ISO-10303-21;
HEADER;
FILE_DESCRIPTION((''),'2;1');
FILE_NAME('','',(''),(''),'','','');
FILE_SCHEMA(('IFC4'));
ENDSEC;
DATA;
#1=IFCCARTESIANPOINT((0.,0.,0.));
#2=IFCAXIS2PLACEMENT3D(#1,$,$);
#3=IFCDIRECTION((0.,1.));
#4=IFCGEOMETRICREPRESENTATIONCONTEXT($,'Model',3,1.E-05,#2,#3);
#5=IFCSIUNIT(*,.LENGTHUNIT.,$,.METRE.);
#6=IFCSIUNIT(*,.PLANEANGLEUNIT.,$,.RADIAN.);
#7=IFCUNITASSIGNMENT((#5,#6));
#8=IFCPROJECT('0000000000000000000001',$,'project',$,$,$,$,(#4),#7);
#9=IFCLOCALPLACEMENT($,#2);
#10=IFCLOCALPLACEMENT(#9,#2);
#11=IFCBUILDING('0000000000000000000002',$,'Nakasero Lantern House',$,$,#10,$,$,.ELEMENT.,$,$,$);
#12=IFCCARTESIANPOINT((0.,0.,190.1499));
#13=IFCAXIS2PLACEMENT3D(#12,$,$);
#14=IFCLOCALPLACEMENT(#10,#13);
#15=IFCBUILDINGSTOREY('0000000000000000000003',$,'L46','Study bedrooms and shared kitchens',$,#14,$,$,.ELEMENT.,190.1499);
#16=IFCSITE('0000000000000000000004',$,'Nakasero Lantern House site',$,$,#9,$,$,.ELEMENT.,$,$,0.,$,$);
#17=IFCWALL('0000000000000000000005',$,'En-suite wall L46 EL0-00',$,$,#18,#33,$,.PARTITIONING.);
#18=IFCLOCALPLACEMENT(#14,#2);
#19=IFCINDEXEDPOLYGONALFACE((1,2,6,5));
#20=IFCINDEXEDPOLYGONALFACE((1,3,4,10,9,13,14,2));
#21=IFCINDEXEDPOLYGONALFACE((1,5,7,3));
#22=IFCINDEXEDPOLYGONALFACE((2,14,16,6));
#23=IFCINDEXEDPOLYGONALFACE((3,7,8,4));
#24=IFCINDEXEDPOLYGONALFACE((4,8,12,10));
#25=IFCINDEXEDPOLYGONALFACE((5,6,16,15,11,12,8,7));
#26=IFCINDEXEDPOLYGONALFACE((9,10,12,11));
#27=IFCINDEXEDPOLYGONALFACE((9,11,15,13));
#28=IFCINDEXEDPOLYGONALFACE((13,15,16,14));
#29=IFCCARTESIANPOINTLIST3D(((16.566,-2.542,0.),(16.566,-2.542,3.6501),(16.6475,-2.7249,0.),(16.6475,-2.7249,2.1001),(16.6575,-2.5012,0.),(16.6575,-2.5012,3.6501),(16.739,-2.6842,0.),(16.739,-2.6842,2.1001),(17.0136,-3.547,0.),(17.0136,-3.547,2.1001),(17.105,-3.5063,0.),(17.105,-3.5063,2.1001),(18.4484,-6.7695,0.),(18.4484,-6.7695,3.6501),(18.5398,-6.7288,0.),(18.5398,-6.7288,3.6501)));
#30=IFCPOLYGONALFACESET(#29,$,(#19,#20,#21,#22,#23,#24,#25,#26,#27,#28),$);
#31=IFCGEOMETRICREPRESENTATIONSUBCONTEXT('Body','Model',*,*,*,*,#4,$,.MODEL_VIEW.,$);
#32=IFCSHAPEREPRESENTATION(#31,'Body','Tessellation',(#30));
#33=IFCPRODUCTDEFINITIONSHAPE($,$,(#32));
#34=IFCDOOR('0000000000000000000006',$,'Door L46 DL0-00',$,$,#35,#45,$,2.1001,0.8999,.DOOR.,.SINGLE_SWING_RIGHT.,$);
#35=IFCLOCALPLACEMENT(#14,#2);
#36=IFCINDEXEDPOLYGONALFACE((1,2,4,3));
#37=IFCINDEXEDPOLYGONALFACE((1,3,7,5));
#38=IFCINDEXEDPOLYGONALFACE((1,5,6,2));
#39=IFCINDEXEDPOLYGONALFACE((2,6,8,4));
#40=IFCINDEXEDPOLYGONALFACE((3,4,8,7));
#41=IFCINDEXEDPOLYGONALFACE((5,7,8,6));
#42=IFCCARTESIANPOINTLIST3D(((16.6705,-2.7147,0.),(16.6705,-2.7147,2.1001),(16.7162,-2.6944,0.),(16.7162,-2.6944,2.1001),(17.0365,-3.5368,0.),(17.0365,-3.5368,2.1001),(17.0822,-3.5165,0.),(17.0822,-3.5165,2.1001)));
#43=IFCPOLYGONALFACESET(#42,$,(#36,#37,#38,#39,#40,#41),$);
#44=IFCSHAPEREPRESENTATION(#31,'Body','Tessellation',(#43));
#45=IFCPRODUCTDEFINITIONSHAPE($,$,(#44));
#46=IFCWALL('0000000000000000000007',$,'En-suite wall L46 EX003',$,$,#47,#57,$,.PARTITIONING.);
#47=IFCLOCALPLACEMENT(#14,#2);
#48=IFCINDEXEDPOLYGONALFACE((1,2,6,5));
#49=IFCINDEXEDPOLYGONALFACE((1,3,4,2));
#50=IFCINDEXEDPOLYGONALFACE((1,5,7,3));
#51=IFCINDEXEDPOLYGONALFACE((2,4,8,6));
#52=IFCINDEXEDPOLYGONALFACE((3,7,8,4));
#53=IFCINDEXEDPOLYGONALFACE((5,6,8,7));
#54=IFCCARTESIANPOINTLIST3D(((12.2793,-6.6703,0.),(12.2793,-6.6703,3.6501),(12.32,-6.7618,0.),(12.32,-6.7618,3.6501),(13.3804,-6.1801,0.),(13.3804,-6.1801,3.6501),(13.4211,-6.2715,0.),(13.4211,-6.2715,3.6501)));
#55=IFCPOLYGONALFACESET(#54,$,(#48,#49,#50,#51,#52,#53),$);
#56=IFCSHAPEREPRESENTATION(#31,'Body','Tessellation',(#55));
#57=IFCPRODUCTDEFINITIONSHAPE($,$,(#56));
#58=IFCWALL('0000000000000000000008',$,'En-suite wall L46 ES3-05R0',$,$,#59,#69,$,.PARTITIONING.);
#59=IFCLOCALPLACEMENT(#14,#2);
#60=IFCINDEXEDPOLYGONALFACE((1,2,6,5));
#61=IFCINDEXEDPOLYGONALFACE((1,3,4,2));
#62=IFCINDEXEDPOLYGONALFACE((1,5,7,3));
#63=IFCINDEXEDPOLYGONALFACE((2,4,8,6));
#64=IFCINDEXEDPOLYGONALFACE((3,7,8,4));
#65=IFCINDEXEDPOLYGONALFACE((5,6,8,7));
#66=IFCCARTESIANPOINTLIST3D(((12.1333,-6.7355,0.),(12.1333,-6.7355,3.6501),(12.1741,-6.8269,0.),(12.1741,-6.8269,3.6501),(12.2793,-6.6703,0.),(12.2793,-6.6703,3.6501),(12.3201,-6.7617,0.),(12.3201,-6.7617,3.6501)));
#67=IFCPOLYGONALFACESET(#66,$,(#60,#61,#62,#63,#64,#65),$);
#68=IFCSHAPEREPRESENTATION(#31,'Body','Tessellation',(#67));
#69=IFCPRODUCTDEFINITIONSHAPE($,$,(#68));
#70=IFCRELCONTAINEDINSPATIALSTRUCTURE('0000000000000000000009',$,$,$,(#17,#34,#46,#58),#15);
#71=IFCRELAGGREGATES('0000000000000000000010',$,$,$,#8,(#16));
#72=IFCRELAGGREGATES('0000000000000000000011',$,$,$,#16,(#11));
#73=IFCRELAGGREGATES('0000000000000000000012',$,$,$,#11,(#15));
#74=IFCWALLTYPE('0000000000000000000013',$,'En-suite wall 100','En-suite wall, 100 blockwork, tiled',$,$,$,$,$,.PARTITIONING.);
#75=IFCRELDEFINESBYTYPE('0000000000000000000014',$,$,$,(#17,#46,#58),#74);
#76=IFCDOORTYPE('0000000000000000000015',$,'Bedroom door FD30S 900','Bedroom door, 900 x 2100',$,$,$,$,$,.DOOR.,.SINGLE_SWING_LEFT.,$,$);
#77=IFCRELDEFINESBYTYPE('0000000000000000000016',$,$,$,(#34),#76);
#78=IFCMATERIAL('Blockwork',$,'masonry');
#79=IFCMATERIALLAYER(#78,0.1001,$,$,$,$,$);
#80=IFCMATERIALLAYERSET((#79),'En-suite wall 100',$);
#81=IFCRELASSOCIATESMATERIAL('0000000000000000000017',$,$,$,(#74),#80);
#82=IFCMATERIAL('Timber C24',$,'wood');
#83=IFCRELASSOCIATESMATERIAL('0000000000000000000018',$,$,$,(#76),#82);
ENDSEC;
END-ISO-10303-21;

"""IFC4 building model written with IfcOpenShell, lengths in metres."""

from ifc_helpers import new_model, si_unit, direction, frame, frame_2d, origin, place, context, subcontext, project, spatial, rectangle, extrude, material, layer, layer_set, type_object, element, fill, save


model = new_model("IFC4")

# Units and contexts
model_context = context("Model", 3, precision=1e-05, world=origin(), true_north=direction((0.0, 1.0)))
body_context = subcontext(model_context, "Body", "Model", "MODEL_VIEW")
ifc_project = project(units=[si_unit("LENGTHUNIT", "METRE"), si_unit("PLANEANGLEUNIT", "RADIAN")], contexts=[model_context])

# Site, building, storey
site_placement = place(None, origin())
site = spatial("IfcSite", under=ifc_project, at=site_placement, Name="Nakasero Lantern House site", CompositionType="ELEMENT", RefElevation=0.0)
building_placement = place(site_placement, origin())
building = spatial("IfcBuilding", under=site, at=building_placement, Name="Nakasero Lantern House", CompositionType="ELEMENT")
storey_placement = place(building_placement, frame((0.0, 0.0, 190.1499)))
storey = spatial("IfcBuildingStorey", under=building, at=storey_placement, Name="L46", Description="Study bedrooms and shared kitchens", CompositionType="ELEMENT", Elevation=190.1499)

# Shared definitions
ifc_material_1 = material(Name="Blockwork", Category="masonry")
ifc_layer_1 = layer(ifc_material_1, 0.1001)
ifc_layer_set_1 = layer_set([ifc_layer_1], Name="En-suite wall 100")
wall_type_1 = type_object("IfcWallType", Name="En-suite wall 100", Description="En-suite wall, 100 blockwork, tiled", PredefinedType="PARTITIONING", material=ifc_layer_set_1)

# Wall, opening, door
wall_1_placement = place(storey_placement, frame((18.4941, -6.7493, 0.0), z_axis=(0.0, 0.0, 1.0), x_axis=(-0.406755, 0.913537, 0.0)))
wall_1 = element("IfcWall", 1, at=wall_1_placement, inside=storey, type_object=wall_type_1, Name="En-suite wall L46 EL0-00", PredefinedType="PARTITIONING", context=body_context, shape_type="SweptSolid", body=[
    extrude(rectangle(XDim=4.6277, YDim=0.1001, at=frame_2d((2.314, 0.0))), origin(), (0.0, 0.0, 1.0), 3.6501),
])
opening_1_placement = place(wall_1_placement, frame((3.5276, 0.0, 0.0)))
opening_1 = element("IfcOpeningElement", 2, at=opening_1_placement, cuts=wall_1, PredefinedType="OPENING", context=body_context, shape_type="SweptSolid", body=[
    extrude(rectangle(XDim=0.8999, YDim=2.1001, at=frame_2d((0.45, 1.05))), frame((0.0, 0.0701, 0.0), z_axis=(0.0, -1.0, 0.0), x_axis=(1.0, 0.0, 0.0)), (0.0, 0.0, 1.0), 0.1401),
])
ifc_material_2 = material(Name="Timber C24", Category="wood")
door_type_1 = type_object("IfcDoorType", Name="Bedroom door FD30S 900", Description="Bedroom door, 900 x 2100", OperationType="SINGLE_SWING_LEFT", PredefinedType="DOOR", material=ifc_material_2)
door_1_placement = place(opening_1_placement, origin())
door_1 = element("IfcDoor", 3, at=door_1_placement, inside=storey, type_object=door_type_1, Name="Door L46 DL0-00", OperationType="SINGLE_SWING_RIGHT", OverallHeight=2.1001, OverallWidth=0.8999, PredefinedType="DOOR", context=body_context, shape_type="SweptSolid", body=[
    extrude(rectangle(XDim=0.8999, YDim=2.1001, at=frame_2d((0.45, 1.05))), frame((0.0, 0.0249, 0.0), z_axis=(0.0, -1.0, 0.0), x_axis=(1.0, 0.0, 0.0)), (0.0, 0.0, 1.0), 0.05),
])
fill(opening_1, door_1)

# Walls
wall_2_placement = place(storey_placement, frame((13.4006, -6.2258, 0.0), z_axis=(0.0, 0.0, 1.0), x_axis=(-0.913544, -0.40674, 0.0)))
element("IfcWall", 4, at=wall_2_placement, inside=storey, type_object=wall_type_1, Name="En-suite wall L46 EX003", PredefinedType="PARTITIONING", context=body_context, shape_type="SweptSolid", body=[
    extrude(rectangle(XDim=1.2053, YDim=0.1001, at=frame_2d((0.6025, 0.0))), origin(), (0.0, 0.0, 1.0), 3.6501),
])
wall_3_placement = place(storey_placement, frame((12.1536, -6.7812, 0.0), z_axis=(0.0, 0.0, 1.0), x_axis=(0.913118, 0.407696, 0.0)))
element("IfcWall", 5, at=wall_3_placement, inside=storey, type_object=wall_type_1, Name="En-suite wall L46 ES3-05R0", PredefinedType="PARTITIONING", context=body_context, shape_type="SweptSolid", body=[
    extrude(rectangle(XDim=0.1599, YDim=0.1001, at=frame_2d((0.0801, 0.0))), origin(), (0.0, 0.0, 1.0), 3.6501),
])

save(model, "model.ifc")
